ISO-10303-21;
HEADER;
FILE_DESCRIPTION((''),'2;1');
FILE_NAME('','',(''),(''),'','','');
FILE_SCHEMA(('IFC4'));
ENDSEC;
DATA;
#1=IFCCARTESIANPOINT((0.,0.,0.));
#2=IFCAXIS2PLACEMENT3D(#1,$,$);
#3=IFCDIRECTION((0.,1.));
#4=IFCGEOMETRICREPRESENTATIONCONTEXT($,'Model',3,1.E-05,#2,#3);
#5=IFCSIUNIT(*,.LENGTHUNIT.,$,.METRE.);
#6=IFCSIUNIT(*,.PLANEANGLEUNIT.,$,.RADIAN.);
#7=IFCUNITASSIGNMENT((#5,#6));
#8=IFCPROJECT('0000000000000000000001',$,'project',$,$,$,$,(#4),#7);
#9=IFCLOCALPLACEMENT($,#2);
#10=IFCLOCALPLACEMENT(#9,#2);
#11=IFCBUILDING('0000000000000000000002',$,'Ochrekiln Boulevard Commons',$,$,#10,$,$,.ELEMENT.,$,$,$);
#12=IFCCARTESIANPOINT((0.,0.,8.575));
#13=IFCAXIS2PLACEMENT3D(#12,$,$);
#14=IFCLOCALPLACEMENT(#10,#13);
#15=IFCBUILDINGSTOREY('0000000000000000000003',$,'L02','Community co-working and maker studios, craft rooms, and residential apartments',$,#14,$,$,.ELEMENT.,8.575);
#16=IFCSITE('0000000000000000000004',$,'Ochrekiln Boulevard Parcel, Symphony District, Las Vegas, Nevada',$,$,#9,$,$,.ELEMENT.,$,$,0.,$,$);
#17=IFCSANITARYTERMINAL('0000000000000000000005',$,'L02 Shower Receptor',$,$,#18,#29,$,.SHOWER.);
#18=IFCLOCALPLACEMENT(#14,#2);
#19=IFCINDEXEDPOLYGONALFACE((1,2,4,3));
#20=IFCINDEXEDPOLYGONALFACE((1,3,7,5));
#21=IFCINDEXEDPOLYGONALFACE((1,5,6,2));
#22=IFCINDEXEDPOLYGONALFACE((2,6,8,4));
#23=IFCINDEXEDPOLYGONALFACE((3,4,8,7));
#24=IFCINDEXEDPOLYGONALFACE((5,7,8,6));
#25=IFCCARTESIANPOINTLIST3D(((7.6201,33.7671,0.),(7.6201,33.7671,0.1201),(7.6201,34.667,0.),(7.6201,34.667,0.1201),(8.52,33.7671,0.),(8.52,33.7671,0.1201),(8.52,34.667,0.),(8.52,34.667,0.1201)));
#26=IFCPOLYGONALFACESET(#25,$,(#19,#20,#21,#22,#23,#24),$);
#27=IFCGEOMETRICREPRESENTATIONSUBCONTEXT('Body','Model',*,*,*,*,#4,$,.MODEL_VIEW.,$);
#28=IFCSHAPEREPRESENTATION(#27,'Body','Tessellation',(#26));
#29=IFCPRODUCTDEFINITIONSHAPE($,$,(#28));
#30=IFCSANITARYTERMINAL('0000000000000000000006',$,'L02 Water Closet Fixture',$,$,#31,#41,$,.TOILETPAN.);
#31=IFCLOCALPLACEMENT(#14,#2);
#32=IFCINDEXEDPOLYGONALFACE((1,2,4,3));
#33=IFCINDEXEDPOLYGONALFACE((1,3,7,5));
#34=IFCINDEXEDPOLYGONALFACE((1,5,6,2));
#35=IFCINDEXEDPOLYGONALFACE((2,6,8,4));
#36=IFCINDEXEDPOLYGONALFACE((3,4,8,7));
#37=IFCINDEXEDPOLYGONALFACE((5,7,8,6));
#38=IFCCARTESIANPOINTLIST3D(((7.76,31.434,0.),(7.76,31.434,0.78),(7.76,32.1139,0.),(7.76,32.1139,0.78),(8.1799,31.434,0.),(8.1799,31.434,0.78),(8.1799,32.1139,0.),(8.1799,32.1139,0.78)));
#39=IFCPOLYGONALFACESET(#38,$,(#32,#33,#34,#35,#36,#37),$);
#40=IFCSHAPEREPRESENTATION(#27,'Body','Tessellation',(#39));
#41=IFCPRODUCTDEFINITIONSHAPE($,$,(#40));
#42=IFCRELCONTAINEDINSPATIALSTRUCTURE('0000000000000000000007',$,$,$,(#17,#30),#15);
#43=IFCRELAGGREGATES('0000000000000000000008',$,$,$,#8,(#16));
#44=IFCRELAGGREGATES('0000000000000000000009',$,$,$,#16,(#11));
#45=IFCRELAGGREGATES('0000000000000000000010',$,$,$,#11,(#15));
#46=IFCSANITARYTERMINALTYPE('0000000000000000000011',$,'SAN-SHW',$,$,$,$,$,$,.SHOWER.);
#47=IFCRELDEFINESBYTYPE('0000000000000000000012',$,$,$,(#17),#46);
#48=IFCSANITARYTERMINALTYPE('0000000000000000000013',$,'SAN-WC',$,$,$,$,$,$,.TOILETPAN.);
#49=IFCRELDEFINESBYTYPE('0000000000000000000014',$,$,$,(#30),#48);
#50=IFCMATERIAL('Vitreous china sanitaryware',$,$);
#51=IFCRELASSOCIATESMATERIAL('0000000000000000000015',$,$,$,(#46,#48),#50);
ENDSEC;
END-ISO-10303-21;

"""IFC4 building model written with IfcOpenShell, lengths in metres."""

from ifc_helpers import new_model, si_unit, direction, frame, origin, origin_2d, place, context, subcontext, project, spatial, rectangle, extrude, material, type_object, element, save


model = new_model("IFC4")

# Units and contexts
model_context = context("Model", 3, precision=1e-05, world=origin(), true_north=direction((0.0, 1.0)))
body_context = subcontext(model_context, "Body", "Model", "MODEL_VIEW")
ifc_project = project(units=[si_unit("LENGTHUNIT", "METRE"), si_unit("PLANEANGLEUNIT", "RADIAN")], contexts=[model_context])

# Site, building, storey
site_placement = place(None, origin())
site = spatial("IfcSite", under=ifc_project, at=site_placement, Name="Ochrekiln Boulevard Parcel, Symphony District, Las Vegas, Nevada", CompositionType="ELEMENT", RefElevation=0.0)
building_placement = place(site_placement, origin())
building = spatial("IfcBuilding", under=site, at=building_placement, Name="Ochrekiln Boulevard Commons", CompositionType="ELEMENT")
storey_placement = place(building_placement, frame((0.0, 0.0, 8.575)))
storey = spatial("IfcBuildingStorey", under=building, at=storey_placement, Name="L02", Description="Community co-working and maker studios, craft rooms, and residential apartments", CompositionType="ELEMENT", Elevation=8.575)

# Sanitary terminals
ifc_material_1 = material(Name="Vitreous china sanitaryware")
sanitary_terminal_type_1 = type_object("IfcSanitaryTerminalType", Name="SAN-SHW", PredefinedType="SHOWER", material=ifc_material_1)
sanitary_terminal_1_placement = place(storey_placement, frame((8.0701, 34.217, 0.0), z_axis=(0.0, 0.0, 1.0), x_axis=(1.0, 0.0, 0.0)))
element("IfcSanitaryTerminal", 1, at=sanitary_terminal_1_placement, inside=storey, type_object=sanitary_terminal_type_1, Name="L02 Shower Receptor", PredefinedType="SHOWER", context=body_context, shape_type="SweptSolid", body=[
    extrude(rectangle(XDim=0.8999, YDim=0.8999, at=origin_2d()), origin(), (0.0, 0.0, 1.0), 0.1201),
])
sanitary_terminal_type_2 = type_object("IfcSanitaryTerminalType", Name="SAN-WC", PredefinedType="TOILETPAN", material=ifc_material_1)
sanitary_terminal_2_placement = place(storey_placement, frame((7.97, 31.7739, 0.0), z_axis=(0.0, 0.0, 1.0), x_axis=(1.0, 0.0, 0.0)))
element("IfcSanitaryTerminal", 2, at=sanitary_terminal_2_placement, inside=storey, type_object=sanitary_terminal_type_2, Name="L02 Water Closet Fixture", PredefinedType="TOILETPAN", context=body_context, shape_type="SweptSolid", body=[
    extrude(rectangle(XDim=0.4199, YDim=0.6799, at=origin_2d()), origin(), (0.0, 0.0, 1.0), 0.78),
])

save(model, "model.ifc")
